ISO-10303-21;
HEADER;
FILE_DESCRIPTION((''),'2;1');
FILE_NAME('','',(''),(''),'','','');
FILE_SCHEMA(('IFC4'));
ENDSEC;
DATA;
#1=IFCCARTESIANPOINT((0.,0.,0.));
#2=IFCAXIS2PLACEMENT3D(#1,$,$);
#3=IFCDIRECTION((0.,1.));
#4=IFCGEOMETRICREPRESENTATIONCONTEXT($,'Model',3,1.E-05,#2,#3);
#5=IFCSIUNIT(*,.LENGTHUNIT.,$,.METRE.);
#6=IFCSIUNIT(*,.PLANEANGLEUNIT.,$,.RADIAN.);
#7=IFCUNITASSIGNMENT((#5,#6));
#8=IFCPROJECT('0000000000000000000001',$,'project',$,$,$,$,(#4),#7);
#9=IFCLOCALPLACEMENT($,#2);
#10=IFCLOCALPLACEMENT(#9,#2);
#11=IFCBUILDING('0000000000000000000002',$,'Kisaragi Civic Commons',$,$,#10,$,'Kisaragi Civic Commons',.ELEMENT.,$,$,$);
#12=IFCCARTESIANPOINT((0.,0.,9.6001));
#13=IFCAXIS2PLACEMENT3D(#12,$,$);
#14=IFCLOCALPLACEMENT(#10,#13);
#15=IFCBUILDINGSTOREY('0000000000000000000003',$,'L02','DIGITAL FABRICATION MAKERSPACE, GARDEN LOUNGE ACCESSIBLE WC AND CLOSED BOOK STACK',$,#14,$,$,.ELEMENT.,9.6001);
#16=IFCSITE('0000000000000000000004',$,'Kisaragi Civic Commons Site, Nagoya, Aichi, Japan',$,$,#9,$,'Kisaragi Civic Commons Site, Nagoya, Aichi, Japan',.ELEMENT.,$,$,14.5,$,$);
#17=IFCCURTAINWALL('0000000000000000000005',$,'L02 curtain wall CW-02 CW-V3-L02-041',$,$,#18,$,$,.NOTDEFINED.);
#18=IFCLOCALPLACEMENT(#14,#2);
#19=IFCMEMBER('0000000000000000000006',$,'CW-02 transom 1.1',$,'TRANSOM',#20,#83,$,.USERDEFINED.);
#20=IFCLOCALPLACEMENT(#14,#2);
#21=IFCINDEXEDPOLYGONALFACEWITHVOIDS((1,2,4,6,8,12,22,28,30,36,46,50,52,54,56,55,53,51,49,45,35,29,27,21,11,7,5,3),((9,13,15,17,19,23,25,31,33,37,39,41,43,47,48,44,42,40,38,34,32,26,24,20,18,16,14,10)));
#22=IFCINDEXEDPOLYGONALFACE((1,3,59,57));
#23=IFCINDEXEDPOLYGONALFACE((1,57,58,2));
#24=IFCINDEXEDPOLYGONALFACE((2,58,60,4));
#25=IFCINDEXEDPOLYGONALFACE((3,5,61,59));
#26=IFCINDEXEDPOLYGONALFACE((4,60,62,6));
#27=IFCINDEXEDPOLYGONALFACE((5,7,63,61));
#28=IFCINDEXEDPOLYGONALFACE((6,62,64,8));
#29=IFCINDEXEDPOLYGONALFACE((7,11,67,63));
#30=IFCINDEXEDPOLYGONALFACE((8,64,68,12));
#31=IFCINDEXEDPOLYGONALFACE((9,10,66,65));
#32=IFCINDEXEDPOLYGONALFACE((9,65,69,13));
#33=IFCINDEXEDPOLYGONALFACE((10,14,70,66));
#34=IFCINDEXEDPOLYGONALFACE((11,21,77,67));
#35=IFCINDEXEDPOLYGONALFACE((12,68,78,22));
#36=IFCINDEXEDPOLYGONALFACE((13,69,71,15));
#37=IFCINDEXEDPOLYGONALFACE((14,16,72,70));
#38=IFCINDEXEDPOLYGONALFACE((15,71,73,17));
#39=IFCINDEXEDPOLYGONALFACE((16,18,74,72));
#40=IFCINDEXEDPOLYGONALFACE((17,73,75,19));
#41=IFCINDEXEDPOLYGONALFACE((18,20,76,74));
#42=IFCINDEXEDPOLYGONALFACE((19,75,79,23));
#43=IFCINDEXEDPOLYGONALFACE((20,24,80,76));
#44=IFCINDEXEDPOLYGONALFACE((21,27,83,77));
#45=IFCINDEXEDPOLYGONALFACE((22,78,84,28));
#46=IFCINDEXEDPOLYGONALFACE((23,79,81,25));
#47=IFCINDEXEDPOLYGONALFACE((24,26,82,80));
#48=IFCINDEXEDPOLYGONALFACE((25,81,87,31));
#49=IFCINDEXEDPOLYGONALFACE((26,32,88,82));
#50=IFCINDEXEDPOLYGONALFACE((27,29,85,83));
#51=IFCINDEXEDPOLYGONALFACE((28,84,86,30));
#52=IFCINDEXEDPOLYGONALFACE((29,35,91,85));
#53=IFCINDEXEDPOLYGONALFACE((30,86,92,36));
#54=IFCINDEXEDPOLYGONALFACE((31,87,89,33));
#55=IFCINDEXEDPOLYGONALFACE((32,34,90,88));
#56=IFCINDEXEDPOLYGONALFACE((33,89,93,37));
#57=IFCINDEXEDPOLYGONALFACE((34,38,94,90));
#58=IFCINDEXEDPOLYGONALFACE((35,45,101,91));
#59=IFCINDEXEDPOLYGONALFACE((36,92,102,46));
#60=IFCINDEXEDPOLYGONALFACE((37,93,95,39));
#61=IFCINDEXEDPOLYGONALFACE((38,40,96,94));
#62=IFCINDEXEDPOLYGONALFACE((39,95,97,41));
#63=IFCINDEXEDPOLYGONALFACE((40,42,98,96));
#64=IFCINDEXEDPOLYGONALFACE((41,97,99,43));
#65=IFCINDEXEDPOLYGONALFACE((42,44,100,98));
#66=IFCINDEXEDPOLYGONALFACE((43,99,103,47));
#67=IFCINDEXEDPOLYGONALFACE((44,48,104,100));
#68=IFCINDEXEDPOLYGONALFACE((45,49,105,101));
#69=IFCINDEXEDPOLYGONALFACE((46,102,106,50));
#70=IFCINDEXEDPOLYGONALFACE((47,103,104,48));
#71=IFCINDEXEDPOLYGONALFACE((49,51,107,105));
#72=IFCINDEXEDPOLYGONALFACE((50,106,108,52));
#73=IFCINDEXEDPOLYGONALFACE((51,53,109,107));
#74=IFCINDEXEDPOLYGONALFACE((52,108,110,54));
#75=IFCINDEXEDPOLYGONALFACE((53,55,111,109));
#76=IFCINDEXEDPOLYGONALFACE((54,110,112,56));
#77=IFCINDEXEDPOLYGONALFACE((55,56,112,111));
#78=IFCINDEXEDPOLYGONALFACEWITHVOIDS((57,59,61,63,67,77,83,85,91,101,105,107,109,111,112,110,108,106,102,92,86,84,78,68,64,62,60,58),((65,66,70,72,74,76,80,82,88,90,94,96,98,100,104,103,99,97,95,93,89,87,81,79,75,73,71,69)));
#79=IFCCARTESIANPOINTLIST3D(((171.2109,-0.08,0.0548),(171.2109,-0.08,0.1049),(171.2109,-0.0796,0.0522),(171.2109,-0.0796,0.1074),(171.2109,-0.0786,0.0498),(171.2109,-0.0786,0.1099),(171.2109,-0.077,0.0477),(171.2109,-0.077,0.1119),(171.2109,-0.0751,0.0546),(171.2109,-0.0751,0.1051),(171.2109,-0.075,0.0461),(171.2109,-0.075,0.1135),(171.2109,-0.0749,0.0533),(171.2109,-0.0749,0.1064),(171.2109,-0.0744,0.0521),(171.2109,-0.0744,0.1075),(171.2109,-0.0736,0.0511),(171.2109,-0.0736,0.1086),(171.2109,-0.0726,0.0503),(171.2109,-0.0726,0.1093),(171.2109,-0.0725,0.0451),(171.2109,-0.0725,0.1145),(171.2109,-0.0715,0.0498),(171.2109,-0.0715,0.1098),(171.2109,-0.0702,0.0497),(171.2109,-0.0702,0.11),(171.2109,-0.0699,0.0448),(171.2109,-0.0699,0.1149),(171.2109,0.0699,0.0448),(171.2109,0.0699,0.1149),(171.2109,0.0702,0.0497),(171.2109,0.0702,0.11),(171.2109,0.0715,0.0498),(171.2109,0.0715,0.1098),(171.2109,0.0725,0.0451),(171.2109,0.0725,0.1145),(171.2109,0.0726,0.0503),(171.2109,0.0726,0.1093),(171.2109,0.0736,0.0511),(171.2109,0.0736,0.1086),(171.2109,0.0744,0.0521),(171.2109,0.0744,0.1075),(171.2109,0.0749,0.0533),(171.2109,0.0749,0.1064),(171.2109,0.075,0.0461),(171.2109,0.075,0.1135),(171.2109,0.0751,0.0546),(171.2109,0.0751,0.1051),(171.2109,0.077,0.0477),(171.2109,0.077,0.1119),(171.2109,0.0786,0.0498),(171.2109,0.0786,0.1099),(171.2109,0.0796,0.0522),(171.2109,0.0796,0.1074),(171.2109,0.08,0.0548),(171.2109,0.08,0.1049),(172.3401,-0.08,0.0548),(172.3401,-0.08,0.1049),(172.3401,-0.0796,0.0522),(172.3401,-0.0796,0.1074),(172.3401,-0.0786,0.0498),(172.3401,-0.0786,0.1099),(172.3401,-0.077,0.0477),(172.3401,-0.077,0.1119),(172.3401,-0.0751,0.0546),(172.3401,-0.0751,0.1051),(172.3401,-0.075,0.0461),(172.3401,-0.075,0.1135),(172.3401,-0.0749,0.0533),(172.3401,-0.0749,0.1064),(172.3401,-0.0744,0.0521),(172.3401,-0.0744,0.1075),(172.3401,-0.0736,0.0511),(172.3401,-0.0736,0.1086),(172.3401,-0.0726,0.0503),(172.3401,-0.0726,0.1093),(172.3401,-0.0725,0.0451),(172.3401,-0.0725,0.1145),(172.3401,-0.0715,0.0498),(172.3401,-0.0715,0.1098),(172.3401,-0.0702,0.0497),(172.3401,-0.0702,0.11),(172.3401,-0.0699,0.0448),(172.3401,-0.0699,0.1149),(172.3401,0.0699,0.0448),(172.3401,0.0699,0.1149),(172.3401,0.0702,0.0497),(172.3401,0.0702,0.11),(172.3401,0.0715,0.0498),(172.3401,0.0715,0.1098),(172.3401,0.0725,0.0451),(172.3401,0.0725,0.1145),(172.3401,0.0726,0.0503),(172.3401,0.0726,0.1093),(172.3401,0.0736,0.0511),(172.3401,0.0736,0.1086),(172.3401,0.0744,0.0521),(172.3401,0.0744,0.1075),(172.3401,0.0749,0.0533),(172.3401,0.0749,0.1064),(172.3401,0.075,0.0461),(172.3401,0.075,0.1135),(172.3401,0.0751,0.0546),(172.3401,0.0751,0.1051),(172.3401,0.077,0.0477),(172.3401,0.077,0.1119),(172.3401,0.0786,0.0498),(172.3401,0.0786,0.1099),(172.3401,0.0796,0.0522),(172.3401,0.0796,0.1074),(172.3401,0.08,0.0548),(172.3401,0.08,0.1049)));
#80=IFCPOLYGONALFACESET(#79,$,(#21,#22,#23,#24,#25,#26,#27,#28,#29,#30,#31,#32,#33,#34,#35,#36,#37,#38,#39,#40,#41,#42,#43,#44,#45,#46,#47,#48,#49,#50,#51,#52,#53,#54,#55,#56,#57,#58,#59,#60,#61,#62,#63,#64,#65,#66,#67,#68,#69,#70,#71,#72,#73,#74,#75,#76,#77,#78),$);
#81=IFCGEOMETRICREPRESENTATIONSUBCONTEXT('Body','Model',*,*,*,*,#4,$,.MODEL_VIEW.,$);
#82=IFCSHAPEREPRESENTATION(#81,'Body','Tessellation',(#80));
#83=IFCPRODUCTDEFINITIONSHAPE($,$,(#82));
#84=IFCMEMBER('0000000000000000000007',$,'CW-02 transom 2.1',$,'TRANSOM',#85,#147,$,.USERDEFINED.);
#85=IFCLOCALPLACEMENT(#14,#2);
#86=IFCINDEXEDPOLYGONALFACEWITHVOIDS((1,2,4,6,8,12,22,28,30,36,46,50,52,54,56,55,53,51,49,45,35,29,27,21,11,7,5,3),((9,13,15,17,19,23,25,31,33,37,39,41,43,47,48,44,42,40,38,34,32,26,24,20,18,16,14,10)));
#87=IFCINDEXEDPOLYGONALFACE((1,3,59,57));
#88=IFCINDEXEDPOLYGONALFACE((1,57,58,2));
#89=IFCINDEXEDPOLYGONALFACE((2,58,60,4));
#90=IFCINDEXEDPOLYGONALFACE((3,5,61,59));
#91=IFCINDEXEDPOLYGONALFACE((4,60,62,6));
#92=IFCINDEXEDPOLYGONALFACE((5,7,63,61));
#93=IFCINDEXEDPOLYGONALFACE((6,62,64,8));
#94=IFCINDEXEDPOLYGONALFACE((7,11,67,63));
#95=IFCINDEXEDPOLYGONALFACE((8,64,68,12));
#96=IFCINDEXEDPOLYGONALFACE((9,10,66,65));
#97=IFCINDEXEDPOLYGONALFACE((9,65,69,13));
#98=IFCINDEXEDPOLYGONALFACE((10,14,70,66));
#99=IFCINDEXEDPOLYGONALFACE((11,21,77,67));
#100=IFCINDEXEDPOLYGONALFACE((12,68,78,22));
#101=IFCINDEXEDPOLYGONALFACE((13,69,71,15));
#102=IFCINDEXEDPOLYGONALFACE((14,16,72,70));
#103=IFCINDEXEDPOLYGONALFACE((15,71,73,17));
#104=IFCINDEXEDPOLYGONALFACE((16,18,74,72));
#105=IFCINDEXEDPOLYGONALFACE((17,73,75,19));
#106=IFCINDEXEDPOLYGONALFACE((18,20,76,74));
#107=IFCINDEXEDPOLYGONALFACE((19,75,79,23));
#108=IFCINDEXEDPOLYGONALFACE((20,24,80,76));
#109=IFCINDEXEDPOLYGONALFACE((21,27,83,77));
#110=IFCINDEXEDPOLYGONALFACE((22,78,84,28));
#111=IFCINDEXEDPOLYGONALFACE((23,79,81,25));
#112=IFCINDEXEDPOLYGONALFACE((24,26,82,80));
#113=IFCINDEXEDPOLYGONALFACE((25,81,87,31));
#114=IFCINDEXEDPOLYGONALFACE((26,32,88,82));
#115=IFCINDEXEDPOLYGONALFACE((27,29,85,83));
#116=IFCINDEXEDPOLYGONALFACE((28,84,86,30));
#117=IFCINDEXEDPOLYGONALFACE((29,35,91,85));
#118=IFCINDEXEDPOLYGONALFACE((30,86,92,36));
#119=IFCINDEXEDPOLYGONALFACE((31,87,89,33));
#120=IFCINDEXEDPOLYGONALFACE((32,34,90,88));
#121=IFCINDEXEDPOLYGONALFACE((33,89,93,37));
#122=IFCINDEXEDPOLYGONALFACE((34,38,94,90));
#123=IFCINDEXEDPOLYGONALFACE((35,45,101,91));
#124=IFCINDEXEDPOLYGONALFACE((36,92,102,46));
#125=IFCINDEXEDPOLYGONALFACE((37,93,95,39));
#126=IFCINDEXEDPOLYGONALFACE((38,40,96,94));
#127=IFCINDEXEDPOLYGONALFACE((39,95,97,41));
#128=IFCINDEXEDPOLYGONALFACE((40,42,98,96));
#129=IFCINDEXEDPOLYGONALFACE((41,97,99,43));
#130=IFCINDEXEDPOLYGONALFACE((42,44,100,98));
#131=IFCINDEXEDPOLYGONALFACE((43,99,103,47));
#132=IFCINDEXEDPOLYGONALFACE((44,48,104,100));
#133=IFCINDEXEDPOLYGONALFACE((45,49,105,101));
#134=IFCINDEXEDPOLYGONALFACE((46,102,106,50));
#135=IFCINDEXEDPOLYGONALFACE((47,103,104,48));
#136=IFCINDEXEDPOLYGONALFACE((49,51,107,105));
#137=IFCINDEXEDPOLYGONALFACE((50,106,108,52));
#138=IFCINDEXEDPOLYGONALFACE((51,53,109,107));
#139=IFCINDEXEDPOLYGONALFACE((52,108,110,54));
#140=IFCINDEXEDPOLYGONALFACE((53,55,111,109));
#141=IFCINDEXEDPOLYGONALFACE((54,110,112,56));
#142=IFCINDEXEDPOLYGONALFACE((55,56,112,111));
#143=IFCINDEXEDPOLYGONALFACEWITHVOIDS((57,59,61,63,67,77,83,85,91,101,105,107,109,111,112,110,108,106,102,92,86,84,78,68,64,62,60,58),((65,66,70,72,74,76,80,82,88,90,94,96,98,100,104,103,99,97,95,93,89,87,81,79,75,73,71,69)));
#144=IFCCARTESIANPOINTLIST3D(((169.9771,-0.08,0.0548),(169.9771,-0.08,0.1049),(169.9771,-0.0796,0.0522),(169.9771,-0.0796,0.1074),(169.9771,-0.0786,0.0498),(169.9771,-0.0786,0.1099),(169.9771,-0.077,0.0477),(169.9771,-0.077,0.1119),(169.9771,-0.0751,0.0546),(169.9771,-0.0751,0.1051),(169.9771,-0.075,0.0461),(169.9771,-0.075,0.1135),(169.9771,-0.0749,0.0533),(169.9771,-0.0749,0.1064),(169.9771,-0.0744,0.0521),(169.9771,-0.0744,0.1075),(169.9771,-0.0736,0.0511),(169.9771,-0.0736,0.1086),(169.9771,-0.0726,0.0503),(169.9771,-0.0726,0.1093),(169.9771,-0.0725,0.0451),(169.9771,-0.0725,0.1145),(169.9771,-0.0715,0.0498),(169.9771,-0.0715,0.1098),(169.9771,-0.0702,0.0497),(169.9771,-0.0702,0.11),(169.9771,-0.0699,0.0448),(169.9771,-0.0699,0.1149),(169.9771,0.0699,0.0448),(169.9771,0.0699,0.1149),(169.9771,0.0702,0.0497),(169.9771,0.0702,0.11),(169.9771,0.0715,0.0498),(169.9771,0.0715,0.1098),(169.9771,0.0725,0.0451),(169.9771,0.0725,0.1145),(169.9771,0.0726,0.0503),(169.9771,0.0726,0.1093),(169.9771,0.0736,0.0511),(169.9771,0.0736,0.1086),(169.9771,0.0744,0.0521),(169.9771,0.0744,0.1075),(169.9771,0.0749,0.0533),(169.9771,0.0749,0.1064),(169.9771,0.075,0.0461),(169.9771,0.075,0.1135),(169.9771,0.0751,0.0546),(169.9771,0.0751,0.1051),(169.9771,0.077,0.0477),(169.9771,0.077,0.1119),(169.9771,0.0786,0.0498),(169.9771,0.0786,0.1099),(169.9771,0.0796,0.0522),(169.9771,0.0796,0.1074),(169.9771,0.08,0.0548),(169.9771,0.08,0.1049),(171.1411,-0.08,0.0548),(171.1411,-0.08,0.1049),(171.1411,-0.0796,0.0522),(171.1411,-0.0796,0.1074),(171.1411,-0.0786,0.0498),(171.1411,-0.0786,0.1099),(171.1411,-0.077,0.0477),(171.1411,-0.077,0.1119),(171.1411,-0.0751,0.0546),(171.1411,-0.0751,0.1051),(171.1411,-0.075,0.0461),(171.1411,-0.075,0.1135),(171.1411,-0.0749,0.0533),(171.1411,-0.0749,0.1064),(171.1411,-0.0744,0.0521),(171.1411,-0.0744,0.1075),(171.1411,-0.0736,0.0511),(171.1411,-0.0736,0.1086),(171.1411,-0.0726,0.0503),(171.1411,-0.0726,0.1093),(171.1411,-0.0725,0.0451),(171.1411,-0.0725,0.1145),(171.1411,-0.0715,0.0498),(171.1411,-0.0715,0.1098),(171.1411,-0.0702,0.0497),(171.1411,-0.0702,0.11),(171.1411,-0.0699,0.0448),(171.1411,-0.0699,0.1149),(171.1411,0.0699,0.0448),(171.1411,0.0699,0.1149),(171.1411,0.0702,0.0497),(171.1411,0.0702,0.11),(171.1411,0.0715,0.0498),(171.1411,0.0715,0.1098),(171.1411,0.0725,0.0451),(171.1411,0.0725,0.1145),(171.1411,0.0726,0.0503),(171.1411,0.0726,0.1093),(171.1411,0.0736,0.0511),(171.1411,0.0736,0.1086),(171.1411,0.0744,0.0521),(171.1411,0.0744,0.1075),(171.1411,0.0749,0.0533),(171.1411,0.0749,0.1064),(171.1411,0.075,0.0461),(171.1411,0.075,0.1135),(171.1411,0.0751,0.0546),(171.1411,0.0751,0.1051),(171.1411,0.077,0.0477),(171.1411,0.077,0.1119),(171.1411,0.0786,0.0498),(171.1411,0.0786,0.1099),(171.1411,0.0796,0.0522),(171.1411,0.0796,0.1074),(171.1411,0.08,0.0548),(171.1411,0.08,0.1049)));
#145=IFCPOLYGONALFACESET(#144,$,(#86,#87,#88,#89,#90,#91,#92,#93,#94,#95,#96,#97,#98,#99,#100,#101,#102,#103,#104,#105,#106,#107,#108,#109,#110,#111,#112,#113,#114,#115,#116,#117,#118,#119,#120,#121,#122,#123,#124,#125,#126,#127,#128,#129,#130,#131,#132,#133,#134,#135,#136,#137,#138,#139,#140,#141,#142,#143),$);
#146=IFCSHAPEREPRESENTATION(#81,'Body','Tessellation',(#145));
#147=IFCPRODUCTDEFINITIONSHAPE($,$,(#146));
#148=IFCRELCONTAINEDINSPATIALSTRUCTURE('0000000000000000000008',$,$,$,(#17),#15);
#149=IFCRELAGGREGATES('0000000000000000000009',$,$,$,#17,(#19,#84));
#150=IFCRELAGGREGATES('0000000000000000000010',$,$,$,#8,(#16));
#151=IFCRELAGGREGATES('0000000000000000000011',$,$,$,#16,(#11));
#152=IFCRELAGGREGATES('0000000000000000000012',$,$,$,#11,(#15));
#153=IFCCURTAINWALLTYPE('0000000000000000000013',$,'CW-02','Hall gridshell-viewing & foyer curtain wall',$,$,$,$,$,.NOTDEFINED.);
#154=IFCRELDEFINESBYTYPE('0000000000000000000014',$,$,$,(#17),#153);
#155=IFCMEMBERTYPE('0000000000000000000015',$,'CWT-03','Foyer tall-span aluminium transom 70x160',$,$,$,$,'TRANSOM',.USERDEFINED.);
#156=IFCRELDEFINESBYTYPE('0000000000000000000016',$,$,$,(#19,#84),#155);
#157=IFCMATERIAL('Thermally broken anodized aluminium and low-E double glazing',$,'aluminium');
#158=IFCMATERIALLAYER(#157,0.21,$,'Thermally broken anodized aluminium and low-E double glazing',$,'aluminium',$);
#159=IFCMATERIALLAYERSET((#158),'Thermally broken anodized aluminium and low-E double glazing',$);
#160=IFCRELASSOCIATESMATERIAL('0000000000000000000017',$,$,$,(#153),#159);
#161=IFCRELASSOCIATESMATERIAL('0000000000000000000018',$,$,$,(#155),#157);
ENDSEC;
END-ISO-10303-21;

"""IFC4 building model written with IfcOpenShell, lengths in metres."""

from ifc_helpers import new_model, si_unit, direction, frame, origin, origin_2d, place, context, subcontext, project, spatial, hollow_rectangle, extrude, material, layer, layer_set, material_profile, profile_set, type_object, element, aggregate, save


model = new_model("IFC4")

# Units and contexts
model_context = context("Model", 3, precision=1e-05, world=origin(), true_north=direction((0.0, 1.0)))
body_context = subcontext(model_context, "Body", "Model", "MODEL_VIEW")
ifc_project = project(units=[si_unit("LENGTHUNIT", "METRE"), si_unit("PLANEANGLEUNIT", "RADIAN")], contexts=[model_context])

# Site, building, storey
site_placement = place(None, origin())
site = spatial("IfcSite", under=ifc_project, at=site_placement, Name="Kisaragi Civic Commons Site, Nagoya, Aichi, Japan", LongName="Kisaragi Civic Commons Site, Nagoya, Aichi, Japan", CompositionType="ELEMENT", RefElevation=14.5)
building_placement = place(site_placement, origin())
building = spatial("IfcBuilding", under=site, at=building_placement, Name="Kisaragi Civic Commons", LongName="Kisaragi Civic Commons", CompositionType="ELEMENT")
storey_placement = place(building_placement, frame((0.0, 0.0, 9.6001)))
storey = spatial("IfcBuildingStorey", under=building, at=storey_placement, Name="L02", Description="DIGITAL FABRICATION MAKERSPACE, GARDEN LOUNGE ACCESSIBLE WC AND CLOSED BOOK STACK", CompositionType="ELEMENT", Elevation=9.6001)

# Curtain wall, members
ifc_material_1 = material(Name="Thermally broken anodized aluminium and low-E double glazing", Category="aluminium")
ifc_layer_1 = layer(ifc_material_1, 0.21, Name="Thermally broken anodized aluminium and low-E double glazing", Category="aluminium")
ifc_layer_set_1 = layer_set([ifc_layer_1], Name="Thermally broken anodized aluminium and low-E double glazing")
curtain_wall_type = type_object("IfcCurtainWallType", Name="CW-02", Description="Hall gridshell-viewing & foyer curtain wall", PredefinedType="NOTDEFINED", material=ifc_layer_set_1)
curtain_wall_placement = place(storey_placement, origin())
curtain_wall = element("IfcCurtainWall", 1, at=curtain_wall_placement, inside=storey, type_object=curtain_wall_type, Name="L02 curtain wall CW-02 CW-V3-L02-041", PredefinedType="NOTDEFINED")
ifc_material_profile_1 = material_profile(ifc_material_1, hollow_rectangle(XDim=0.1599, YDim=0.0701, WallThickness=0.0049, InnerFilletRadius=0.0049, OuterFilletRadius=0.01, at=origin_2d()), Name="CWT-70x160x5", Category="aluminium")
ifc_profile_set_1 = profile_set([ifc_material_profile_1], Name="Thermally broken anodized aluminium and low-E double glazing")
member_type_1 = type_object("IfcMemberType", Name="CWT-03", Description="Foyer tall-span aluminium transom 70x160", ElementType="TRANSOM", PredefinedType="USERDEFINED", material=ifc_profile_set_1)
member_1_placement = place(storey_placement, frame((172.3401, 0.0, 0.0798), z_axis=(-1.0, 0.0, 0.0), x_axis=(0.0, -1.0, 0.0)))
member_1 = element("IfcMember", 2, at=member_1_placement, type_object=member_type_1, Name="CW-02 transom 1.1", ObjectType="TRANSOM", PredefinedType="USERDEFINED", context=body_context, shape_type="SweptSolid", body=[
    extrude(hollow_rectangle(XDim=0.1599, YDim=0.0701, WallThickness=0.0049, InnerFilletRadius=0.0049, OuterFilletRadius=0.01, at=origin_2d()), origin(), (0.0, 0.0, 1.0), 1.1292),
])
member_2_placement = place(storey_placement, frame((171.1411, 0.0, 0.0798), z_axis=(-1.0, 0.0, 0.0), x_axis=(0.0, -1.0, 0.0)))
member_2 = element("IfcMember", 3, at=member_2_placement, type_object=member_type_1, Name="CW-02 transom 2.1", ObjectType="TRANSOM", PredefinedType="USERDEFINED", context=body_context, shape_type="SweptSolid", body=[
    extrude(hollow_rectangle(XDim=0.1599, YDim=0.0701, WallThickness=0.0049, InnerFilletRadius=0.0049, OuterFilletRadius=0.01, at=origin_2d()), origin(), (0.0, 0.0, 1.0), 1.1641),
])
aggregate(curtain_wall, [member_1, member_2])

save(model, "model.ifc")
